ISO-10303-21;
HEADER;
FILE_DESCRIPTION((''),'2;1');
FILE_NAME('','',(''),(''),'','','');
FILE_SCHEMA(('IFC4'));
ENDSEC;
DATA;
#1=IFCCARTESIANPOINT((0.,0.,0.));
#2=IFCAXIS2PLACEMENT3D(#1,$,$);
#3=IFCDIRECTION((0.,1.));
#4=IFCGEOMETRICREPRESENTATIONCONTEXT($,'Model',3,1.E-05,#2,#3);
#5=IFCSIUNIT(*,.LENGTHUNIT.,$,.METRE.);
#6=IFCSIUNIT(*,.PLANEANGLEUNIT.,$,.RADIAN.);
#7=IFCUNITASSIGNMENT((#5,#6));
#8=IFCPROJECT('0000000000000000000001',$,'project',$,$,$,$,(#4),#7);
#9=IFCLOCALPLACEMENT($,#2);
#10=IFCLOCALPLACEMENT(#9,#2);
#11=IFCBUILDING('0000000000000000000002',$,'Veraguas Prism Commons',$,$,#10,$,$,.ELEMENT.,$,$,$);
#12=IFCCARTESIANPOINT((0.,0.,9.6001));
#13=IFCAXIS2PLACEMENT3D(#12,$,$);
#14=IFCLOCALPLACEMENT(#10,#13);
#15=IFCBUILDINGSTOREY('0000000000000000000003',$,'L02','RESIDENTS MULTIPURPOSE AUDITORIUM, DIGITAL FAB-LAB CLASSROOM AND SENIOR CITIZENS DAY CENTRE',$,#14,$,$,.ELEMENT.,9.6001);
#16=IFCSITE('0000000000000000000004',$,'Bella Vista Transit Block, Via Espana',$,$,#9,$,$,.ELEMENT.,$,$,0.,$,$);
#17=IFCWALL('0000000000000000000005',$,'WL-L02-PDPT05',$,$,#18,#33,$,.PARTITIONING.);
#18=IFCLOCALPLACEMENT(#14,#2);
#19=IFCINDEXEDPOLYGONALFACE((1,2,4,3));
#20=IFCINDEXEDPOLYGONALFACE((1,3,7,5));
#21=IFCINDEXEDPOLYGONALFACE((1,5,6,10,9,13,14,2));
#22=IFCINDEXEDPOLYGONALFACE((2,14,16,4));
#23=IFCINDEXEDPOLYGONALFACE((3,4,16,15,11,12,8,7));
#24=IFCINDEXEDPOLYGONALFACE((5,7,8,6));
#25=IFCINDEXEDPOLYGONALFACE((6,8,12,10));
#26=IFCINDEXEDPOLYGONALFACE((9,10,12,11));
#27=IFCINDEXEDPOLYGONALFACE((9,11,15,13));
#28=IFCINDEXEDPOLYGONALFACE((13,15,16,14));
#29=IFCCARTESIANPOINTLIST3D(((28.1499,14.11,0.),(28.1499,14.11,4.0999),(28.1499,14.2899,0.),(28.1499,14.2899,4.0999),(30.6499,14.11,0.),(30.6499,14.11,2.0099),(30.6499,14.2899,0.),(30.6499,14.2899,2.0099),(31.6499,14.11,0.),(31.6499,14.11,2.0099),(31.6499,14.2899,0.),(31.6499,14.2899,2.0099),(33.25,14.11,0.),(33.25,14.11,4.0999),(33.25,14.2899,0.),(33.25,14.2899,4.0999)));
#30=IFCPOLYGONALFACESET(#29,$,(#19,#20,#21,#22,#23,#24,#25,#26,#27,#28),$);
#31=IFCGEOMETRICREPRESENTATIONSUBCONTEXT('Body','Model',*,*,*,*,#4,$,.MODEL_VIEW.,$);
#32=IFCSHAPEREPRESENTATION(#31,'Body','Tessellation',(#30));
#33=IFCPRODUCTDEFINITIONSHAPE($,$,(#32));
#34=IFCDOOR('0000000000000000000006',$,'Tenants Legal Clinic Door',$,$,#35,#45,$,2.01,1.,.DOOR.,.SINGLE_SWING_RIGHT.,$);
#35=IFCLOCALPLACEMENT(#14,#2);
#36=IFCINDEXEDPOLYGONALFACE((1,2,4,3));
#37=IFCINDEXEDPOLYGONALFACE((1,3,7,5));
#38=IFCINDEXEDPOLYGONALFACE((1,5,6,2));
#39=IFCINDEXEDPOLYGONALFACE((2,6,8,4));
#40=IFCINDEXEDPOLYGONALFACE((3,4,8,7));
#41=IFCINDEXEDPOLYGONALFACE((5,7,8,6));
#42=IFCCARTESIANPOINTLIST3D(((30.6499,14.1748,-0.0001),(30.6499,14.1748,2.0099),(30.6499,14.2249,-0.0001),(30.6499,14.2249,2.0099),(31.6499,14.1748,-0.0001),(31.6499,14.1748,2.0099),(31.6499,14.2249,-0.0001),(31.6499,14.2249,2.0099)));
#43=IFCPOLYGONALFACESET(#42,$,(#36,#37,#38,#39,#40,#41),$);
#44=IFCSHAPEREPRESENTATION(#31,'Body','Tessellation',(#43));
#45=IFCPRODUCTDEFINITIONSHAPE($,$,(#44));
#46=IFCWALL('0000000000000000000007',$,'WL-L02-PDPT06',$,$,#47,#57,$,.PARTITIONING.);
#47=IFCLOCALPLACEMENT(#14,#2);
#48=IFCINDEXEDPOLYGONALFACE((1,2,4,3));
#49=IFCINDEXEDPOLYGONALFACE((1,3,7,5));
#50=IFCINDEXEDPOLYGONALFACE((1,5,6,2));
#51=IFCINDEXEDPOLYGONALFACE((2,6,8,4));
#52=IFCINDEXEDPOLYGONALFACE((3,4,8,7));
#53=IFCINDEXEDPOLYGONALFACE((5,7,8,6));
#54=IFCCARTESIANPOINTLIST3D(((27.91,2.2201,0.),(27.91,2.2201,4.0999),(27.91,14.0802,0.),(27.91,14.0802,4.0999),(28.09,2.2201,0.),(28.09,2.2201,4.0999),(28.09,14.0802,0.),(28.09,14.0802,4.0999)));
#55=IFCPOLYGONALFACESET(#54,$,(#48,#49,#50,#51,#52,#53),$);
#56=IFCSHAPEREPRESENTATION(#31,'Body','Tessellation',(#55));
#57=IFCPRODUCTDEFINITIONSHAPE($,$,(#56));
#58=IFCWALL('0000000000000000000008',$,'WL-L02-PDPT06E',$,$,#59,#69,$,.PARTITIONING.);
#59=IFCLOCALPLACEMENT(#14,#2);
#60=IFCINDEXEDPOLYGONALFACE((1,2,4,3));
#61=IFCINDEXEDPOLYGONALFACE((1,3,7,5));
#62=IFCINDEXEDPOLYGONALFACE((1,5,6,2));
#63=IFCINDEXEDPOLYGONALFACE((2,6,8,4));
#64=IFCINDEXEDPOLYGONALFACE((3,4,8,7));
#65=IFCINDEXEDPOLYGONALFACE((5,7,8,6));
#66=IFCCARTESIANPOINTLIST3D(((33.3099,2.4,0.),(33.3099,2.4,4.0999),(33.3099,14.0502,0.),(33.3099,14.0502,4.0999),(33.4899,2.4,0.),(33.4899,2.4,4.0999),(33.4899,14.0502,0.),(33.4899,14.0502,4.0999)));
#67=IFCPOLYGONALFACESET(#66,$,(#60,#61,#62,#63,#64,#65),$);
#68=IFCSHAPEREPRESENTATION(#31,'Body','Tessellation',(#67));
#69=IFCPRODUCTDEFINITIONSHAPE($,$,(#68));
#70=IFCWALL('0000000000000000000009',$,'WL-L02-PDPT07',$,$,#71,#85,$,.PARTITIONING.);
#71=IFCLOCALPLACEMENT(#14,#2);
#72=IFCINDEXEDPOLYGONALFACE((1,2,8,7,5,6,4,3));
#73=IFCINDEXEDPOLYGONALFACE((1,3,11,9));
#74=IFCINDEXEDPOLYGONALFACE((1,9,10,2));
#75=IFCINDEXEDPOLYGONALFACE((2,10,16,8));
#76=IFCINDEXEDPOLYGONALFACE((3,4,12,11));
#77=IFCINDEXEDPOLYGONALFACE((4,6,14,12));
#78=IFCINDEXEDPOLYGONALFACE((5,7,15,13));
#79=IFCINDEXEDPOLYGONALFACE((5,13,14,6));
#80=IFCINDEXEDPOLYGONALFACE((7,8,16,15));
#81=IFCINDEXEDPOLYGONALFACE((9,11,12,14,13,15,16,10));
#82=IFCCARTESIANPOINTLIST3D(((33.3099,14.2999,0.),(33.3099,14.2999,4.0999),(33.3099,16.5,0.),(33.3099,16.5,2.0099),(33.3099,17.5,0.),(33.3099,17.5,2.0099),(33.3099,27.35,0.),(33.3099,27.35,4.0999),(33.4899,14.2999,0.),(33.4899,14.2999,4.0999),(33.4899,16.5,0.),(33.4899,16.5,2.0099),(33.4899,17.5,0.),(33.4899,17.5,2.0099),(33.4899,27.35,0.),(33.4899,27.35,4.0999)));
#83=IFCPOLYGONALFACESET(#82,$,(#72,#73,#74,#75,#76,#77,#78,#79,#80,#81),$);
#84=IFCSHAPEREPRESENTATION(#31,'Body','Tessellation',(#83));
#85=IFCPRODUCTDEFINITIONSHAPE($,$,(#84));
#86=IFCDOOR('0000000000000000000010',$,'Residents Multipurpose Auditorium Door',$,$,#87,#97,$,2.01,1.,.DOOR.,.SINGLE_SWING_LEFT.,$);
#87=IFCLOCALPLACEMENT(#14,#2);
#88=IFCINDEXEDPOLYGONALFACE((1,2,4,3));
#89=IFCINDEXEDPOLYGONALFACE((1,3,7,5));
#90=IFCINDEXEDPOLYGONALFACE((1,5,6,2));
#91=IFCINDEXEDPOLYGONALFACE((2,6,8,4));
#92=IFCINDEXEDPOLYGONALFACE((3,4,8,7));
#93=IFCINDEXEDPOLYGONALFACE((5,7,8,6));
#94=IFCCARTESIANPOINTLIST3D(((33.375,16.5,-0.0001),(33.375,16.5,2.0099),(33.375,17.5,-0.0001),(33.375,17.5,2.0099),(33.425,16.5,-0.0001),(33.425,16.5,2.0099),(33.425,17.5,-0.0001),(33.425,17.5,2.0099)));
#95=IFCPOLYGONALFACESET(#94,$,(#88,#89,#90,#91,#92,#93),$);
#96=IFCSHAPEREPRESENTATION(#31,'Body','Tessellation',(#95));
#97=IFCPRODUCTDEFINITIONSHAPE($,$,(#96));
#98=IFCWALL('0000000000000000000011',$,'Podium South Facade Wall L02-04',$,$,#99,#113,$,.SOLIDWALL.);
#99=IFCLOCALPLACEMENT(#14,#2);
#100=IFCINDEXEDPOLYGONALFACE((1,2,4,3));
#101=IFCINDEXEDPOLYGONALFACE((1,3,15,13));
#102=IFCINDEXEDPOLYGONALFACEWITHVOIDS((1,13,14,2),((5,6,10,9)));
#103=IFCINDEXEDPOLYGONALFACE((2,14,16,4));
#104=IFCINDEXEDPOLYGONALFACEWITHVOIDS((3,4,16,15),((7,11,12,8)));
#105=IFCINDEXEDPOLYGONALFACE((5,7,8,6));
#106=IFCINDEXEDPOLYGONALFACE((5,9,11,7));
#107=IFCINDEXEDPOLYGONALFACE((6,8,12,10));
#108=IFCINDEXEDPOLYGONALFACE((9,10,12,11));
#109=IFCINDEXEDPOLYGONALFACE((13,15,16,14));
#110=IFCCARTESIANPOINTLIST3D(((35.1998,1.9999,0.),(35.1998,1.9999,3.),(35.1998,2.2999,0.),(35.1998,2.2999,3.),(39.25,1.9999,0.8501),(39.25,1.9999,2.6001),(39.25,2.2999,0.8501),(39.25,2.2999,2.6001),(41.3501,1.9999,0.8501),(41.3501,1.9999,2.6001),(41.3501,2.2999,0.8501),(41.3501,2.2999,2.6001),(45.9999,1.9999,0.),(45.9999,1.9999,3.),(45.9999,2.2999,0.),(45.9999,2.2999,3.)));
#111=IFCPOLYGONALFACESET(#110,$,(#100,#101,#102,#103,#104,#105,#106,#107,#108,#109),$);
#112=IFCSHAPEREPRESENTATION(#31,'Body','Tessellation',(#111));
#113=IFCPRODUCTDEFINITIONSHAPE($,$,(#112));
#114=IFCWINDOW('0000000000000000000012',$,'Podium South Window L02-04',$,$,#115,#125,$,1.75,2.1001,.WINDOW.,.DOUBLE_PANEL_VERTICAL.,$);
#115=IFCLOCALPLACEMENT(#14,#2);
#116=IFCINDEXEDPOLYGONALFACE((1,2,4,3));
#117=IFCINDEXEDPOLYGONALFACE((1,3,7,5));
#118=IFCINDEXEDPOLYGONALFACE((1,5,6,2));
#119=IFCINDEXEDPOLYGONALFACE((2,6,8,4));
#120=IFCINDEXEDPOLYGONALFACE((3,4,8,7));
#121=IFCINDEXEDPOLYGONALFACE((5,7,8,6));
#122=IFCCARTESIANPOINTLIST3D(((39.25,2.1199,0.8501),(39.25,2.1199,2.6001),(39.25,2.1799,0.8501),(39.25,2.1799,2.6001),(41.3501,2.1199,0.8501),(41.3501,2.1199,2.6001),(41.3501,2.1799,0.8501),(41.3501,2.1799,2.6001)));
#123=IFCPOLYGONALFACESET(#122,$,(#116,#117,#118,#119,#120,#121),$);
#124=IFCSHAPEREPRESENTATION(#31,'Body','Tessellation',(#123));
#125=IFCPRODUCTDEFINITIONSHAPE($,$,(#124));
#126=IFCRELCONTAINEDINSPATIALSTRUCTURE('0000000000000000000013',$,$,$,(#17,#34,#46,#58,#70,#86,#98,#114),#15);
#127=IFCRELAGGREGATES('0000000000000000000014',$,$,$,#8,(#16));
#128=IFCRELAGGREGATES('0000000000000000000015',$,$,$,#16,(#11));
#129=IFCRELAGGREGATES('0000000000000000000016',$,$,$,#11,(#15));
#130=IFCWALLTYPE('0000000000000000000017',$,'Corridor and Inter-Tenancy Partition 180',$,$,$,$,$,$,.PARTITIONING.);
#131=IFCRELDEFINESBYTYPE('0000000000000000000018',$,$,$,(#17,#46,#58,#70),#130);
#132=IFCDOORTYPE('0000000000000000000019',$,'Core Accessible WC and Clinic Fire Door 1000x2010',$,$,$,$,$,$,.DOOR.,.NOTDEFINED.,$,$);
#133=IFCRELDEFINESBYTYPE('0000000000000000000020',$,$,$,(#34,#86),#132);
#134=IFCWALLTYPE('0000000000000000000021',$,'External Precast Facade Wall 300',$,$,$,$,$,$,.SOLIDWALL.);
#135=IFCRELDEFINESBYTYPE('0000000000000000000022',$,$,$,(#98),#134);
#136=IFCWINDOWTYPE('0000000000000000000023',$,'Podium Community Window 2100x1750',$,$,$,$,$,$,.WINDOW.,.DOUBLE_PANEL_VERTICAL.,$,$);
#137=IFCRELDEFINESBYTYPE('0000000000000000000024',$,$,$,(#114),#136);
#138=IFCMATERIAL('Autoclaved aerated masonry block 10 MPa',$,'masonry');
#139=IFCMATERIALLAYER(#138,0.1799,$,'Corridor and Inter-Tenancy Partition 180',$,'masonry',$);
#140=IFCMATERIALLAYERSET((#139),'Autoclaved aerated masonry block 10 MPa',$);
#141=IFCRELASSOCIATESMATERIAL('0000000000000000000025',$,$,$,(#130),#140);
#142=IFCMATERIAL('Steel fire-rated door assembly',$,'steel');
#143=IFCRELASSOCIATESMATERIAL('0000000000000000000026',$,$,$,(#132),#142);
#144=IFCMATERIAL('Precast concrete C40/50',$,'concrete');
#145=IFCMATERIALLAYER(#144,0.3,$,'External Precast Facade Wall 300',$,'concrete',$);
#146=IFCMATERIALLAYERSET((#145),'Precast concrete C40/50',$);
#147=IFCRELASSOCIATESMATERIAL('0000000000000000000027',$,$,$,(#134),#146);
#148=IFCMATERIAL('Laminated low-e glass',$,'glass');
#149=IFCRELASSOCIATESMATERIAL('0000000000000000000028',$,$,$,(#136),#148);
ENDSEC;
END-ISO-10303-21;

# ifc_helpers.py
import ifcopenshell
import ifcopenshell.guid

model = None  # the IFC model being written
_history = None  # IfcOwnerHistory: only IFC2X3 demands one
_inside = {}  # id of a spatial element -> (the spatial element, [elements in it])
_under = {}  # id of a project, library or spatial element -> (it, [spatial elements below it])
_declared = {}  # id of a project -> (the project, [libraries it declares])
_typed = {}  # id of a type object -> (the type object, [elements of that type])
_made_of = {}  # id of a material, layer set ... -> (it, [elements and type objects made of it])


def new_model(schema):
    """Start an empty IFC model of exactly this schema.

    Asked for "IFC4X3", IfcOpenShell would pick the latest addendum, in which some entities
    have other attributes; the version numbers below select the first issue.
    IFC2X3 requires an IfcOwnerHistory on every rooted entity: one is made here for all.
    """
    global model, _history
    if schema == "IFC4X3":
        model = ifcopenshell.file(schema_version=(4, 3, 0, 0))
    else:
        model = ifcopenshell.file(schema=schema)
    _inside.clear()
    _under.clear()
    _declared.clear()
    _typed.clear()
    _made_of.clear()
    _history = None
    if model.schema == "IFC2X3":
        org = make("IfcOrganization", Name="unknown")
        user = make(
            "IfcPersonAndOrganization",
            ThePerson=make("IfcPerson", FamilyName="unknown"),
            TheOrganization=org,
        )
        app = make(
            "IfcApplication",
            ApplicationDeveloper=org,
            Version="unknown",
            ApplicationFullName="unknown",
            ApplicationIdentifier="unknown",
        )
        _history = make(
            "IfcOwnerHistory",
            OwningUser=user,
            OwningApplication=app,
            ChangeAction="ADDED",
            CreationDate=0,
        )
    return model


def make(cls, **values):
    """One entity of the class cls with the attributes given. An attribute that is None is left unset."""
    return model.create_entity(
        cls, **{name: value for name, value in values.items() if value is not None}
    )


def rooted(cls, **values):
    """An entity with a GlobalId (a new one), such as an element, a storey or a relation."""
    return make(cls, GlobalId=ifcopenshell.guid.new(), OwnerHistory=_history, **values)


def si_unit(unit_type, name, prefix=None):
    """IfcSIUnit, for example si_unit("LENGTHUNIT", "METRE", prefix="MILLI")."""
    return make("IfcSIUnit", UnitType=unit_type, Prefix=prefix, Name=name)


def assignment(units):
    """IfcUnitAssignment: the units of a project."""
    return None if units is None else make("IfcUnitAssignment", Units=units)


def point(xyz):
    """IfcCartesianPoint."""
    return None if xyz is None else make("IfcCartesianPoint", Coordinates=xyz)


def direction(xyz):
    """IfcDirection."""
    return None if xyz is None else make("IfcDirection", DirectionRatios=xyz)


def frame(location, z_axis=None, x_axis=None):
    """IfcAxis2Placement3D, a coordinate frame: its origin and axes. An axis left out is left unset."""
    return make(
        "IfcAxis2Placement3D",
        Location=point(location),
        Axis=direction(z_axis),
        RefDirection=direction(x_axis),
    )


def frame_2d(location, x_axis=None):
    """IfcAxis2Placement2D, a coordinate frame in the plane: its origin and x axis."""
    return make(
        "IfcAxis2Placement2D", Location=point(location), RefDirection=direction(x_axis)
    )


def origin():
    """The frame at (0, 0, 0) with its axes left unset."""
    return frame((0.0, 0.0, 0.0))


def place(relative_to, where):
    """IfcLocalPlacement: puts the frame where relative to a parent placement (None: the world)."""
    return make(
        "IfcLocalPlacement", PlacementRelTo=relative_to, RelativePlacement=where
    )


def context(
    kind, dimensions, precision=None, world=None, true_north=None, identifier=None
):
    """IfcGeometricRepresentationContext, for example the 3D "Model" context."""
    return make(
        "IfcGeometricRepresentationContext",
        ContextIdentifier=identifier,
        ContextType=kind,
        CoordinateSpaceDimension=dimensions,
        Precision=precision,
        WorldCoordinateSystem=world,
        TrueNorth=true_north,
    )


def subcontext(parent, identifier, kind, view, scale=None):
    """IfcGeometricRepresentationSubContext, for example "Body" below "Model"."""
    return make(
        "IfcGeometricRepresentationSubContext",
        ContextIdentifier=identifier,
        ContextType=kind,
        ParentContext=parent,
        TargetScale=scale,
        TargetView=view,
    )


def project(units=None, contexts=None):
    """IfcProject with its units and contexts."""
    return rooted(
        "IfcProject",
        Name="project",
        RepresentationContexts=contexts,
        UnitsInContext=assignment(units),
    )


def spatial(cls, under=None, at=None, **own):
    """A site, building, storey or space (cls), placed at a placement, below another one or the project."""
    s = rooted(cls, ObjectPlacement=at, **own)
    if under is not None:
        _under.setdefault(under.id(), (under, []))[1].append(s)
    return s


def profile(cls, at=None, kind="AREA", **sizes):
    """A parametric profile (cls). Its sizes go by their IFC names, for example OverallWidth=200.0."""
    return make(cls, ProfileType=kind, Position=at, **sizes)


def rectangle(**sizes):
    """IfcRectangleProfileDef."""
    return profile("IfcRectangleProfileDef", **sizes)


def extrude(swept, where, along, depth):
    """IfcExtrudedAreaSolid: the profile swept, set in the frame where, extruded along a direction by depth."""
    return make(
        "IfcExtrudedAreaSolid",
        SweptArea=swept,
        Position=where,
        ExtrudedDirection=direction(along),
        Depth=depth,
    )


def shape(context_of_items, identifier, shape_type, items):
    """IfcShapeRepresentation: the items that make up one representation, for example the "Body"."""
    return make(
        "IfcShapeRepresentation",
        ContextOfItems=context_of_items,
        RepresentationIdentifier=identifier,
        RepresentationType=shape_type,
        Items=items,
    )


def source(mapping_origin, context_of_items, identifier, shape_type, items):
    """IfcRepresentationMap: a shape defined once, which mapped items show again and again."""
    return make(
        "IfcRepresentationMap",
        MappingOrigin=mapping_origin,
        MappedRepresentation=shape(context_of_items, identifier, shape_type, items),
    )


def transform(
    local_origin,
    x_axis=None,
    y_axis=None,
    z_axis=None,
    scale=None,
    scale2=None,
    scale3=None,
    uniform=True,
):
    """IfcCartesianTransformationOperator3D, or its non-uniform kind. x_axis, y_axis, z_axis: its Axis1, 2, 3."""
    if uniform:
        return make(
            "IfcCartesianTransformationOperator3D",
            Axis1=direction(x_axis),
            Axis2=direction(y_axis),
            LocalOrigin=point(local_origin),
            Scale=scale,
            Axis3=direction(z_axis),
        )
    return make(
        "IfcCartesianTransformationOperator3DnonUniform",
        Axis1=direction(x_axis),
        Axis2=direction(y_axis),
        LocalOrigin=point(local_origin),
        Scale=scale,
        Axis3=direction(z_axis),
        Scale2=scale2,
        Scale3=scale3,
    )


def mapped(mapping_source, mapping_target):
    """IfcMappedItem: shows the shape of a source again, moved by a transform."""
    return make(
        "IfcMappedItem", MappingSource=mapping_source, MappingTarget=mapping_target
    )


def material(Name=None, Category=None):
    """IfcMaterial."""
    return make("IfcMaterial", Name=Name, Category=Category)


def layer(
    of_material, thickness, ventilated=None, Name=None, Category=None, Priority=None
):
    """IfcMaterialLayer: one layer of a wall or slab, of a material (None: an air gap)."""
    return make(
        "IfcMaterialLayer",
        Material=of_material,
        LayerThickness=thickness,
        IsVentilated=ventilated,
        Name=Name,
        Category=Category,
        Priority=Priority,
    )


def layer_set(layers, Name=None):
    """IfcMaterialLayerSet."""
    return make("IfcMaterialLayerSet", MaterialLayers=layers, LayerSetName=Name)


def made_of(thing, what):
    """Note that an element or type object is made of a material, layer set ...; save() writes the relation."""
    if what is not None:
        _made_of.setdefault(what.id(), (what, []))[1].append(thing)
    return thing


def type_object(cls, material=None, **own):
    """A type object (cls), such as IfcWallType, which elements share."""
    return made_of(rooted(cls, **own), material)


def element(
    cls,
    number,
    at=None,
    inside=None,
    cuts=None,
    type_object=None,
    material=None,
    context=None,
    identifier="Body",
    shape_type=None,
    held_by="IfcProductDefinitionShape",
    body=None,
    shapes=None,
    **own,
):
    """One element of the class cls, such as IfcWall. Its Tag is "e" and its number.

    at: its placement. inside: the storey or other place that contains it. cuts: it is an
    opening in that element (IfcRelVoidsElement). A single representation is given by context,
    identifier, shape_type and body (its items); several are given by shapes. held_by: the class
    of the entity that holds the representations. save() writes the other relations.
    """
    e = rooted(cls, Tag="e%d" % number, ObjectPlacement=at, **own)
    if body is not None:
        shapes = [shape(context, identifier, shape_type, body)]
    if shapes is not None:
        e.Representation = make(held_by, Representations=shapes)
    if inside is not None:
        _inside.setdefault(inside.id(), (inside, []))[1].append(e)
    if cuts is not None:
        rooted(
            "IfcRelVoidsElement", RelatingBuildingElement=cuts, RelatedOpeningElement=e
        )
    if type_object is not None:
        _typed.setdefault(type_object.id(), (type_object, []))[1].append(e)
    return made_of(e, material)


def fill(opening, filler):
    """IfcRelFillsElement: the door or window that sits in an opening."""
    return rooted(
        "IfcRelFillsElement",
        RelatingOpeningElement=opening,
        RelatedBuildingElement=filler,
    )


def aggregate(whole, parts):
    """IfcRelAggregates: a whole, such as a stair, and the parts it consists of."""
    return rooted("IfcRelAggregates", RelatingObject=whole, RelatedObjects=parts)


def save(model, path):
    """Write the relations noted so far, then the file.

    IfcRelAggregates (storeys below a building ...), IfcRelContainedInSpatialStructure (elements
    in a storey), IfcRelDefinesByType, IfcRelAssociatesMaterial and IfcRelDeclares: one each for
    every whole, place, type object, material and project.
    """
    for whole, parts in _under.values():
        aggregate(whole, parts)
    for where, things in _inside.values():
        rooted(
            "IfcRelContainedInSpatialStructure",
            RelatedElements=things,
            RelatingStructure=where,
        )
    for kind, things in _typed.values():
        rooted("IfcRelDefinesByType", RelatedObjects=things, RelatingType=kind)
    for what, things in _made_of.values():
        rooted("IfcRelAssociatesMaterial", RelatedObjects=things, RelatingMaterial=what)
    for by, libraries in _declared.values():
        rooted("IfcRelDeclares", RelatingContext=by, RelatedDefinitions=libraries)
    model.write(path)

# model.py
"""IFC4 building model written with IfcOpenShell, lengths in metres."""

from ifc_helpers import new_model, si_unit, direction, frame, frame_2d, origin, place, context, subcontext, project, spatial, rectangle, extrude, source, transform, mapped, material, layer, layer_set, type_object, element, fill, save


model = new_model("IFC4")

# Units and contexts
model_context = context("Model", 3, precision=1e-05, world=origin(), true_north=direction((0.0, 1.0)))
body_context = subcontext(model_context, "Body", "Model", "MODEL_VIEW")
ifc_project = project(units=[si_unit("LENGTHUNIT", "METRE"), si_unit("PLANEANGLEUNIT", "RADIAN")], contexts=[model_context])

# Site, building, storey
site_placement = place(None, origin())
site = spatial("IfcSite", under=ifc_project, at=site_placement, Name="Bella Vista Transit Block, Via Espana", CompositionType="ELEMENT", RefElevation=0.0)
building_placement = place(site_placement, origin())
building = spatial("IfcBuilding", under=site, at=building_placement, Name="Veraguas Prism Commons", CompositionType="ELEMENT")
storey_placement = place(building_placement, frame((0.0, 0.0, 9.6001)))
storey = spatial("IfcBuildingStorey", under=building, at=storey_placement, Name="L02", Description="RESIDENTS MULTIPURPOSE AUDITORIUM, DIGITAL FAB-LAB CLASSROOM AND SENIOR CITIZENS DAY CENTRE", CompositionType="ELEMENT", Elevation=9.6001)

# Wall, opening, door
ifc_material_1 = material(Name="Autoclaved aerated masonry block 10 MPa", Category="masonry")
ifc_layer_1 = layer(ifc_material_1, 0.1799, Name="Corridor and Inter-Tenancy Partition 180", Category="masonry")
ifc_layer_set_1 = layer_set([ifc_layer_1], Name="Autoclaved aerated masonry block 10 MPa")
wall_type_1 = type_object("IfcWallType", Name="Corridor and Inter-Tenancy Partition 180", PredefinedType="PARTITIONING", material=ifc_layer_set_1)
wall_1_placement = place(storey_placement, frame((28.1499, 14.2, 0.0), z_axis=(0.0, 0.0, 1.0), x_axis=(1.0, 0.0, 0.0)))
wall_1 = element("IfcWall", 1, at=wall_1_placement, inside=storey, type_object=wall_type_1, Name="WL-L02-PDPT05", PredefinedType="PARTITIONING", context=body_context, shape_type="SweptSolid", body=[
    extrude(rectangle(XDim=5.1001, YDim=0.1799, at=frame_2d((2.55, 0.0))), origin(), (0.0, 0.0, 1.0), 4.0999),
])
opening_1_placement = place(wall_1_placement, frame((2.5, 0.0, 0.0)))
opening_1 = element("IfcOpeningElement", 2, at=opening_1_placement, cuts=wall_1, PredefinedType="OPENING", context=body_context, shape_type="SweptSolid", body=[
    extrude(rectangle(XDim=1.0, YDim=2.01, at=frame_2d((0.5, 1.0049))), frame((0.0, 0.0999, 0.0), z_axis=(0.0, -1.0, 0.0), x_axis=(1.0, 0.0, 0.0)), (0.0, 0.0, 1.0), 0.2),
])
ifc_material_2 = material(Name="Steel fire-rated door assembly", Category="steel")
door_type = type_object("IfcDoorType", Name="Core Accessible WC and Clinic Fire Door 1000x2010", OperationType="NOTDEFINED", PredefinedType="DOOR", material=ifc_material_2)
shared_shape_1 = source(origin(), body_context, "Body", "SweptSolid", [
    extrude(rectangle(XDim=1.0, YDim=2.01, at=frame_2d((0.5, 1.0049))), frame((0.0, 0.0249, 0.0), z_axis=(0.0, -1.0, 0.0), x_axis=(1.0, 0.0, 0.0)), (0.0, 0.0, 1.0), 0.05),
])
door_1_placement = place(opening_1_placement, origin())
door_1 = element("IfcDoor", 3, at=door_1_placement, inside=storey, type_object=door_type, Name="Tenants Legal Clinic Door", OperationType="SINGLE_SWING_RIGHT", OverallHeight=2.01, OverallWidth=1.0, PredefinedType="DOOR", context=body_context, shape_type="MappedRepresentation", body=[
    mapped(shared_shape_1, transform((0.0, 0.0, 0.0), scale=1.0)),
])
fill(opening_1, door_1)

# Walls
wall_2_placement = place(storey_placement, frame((28.0, 2.22, 0.0), z_axis=(0.0, 0.0, 1.0), x_axis=(0.0, 1.0, 0.0)))
element("IfcWall", 4, at=wall_2_placement, inside=storey, type_object=wall_type_1, Name="WL-L02-PDPT06", PredefinedType="PARTITIONING", context=body_context, shape_type="SweptSolid", body=[
    extrude(rectangle(XDim=11.8601, YDim=0.1799, at=frame_2d((5.9302, 0.0))), origin(), (0.0, 0.0, 1.0), 4.0999),
])
wall_3_placement = place(storey_placement, frame((33.3999, 2.3999, 0.0), z_axis=(0.0, 0.0, 1.0), x_axis=(0.0, 1.0, 0.0)))
element("IfcWall", 5, at=wall_3_placement, inside=storey, type_object=wall_type_1, Name="WL-L02-PDPT06E", PredefinedType="PARTITIONING", context=body_context, shape_type="SweptSolid", body=[
    extrude(rectangle(XDim=11.6501, YDim=0.1799, at=frame_2d((5.8252, 0.0))), origin(), (0.0, 0.0, 1.0), 4.0999),
])

# Wall, opening, door
wall_4_placement = place(storey_placement, frame((33.3999, 14.3, 0.0), z_axis=(0.0, 0.0, 1.0), x_axis=(0.0, 1.0, 0.0)))
wall_4 = element("IfcWall", 6, at=wall_4_placement, inside=storey, type_object=wall_type_1, Name="WL-L02-PDPT07", PredefinedType="PARTITIONING", context=body_context, shape_type="SweptSolid", body=[
    extrude(rectangle(XDim=13.05, YDim=0.1799, at=frame_2d((6.5249, 0.0))), origin(), (0.0, 0.0, 1.0), 4.0999),
])
opening_2_placement = place(wall_4_placement, frame((2.2, 0.0, 0.0)))
opening_2 = element("IfcOpeningElement", 7, at=opening_2_placement, cuts=wall_4, PredefinedType="OPENING", context=body_context, shape_type="SweptSolid", body=[
    extrude(rectangle(XDim=1.0, YDim=2.01, at=frame_2d((0.5, 1.0049))), frame((0.0, 0.0999, 0.0), z_axis=(0.0, -1.0, 0.0), x_axis=(1.0, 0.0, 0.0)), (0.0, 0.0, 1.0), 0.2),
])
door_2_placement = place(opening_2_placement, origin())
door_2 = element("IfcDoor", 8, at=door_2_placement, inside=storey, type_object=door_type, Name="Residents Multipurpose Auditorium Door", OperationType="SINGLE_SWING_LEFT", OverallHeight=2.01, OverallWidth=1.0, PredefinedType="DOOR", context=body_context, shape_type="MappedRepresentation", body=[
    mapped(shared_shape_1, transform((0.0, 0.0, 0.0), scale=1.0)),
])
fill(opening_2, door_2)

# Wall, opening, window
ifc_material_3 = material(Name="Precast concrete C40/50", Category="concrete")
ifc_layer_2 = layer(ifc_material_3, 0.3, Name="External Precast Facade Wall 300", Category="concrete")
ifc_layer_set_2 = layer_set([ifc_layer_2], Name="Precast concrete C40/50")
wall_type_2 = type_object("IfcWallType", Name="External Precast Facade Wall 300", PredefinedType="SOLIDWALL", material=ifc_layer_set_2)
wall_5_placement = place(storey_placement, frame((35.2, 2.1499, 0.0), z_axis=(0.0, 0.0, 1.0), x_axis=(1.0, 0.0, 0.0)))
wall_5 = element("IfcWall", 9, at=wall_5_placement, inside=storey, type_object=wall_type_2, Name="Podium South Facade Wall L02-04", PredefinedType="SOLIDWALL", context=body_context, shape_type="SweptSolid", body=[
    extrude(rectangle(XDim=10.8, YDim=0.3, at=frame_2d((5.3999, 0.0))), origin(), (0.0, 0.0, 1.0), 3.0),
])
opening_3_placement = place(wall_5_placement, frame((4.05, 0.0, 0.8501)))
opening_3 = element("IfcOpeningElement", 10, at=opening_3_placement, cuts=wall_5, PredefinedType="OPENING", context=body_context, shape_type="SweptSolid", body=[
    extrude(rectangle(XDim=2.1001, YDim=1.75, at=frame_2d((1.05, 0.875))), frame((0.0, 0.1599, 0.0), z_axis=(0.0, -1.0, 0.0), x_axis=(1.0, 0.0, 0.0)), (0.0, 0.0, 1.0), 0.3201),
])
ifc_material_4 = material(Name="Laminated low-e glass", Category="glass")
window_type = type_object("IfcWindowType", Name="Podium Community Window 2100x1750", PartitioningType="DOUBLE_PANEL_VERTICAL", PredefinedType="WINDOW", material=ifc_material_4)
shared_shape_2 = source(origin(), body_context, "Body", "SweptSolid", [
    extrude(rectangle(XDim=2.1001, YDim=1.75, at=frame_2d((1.05, 0.875))), frame((0.0, 0.03, 0.0), z_axis=(0.0, -1.0, 0.0), x_axis=(1.0, 0.0, 0.0)), (0.0, 0.0, 1.0), 0.0601),
])
window_placement = place(opening_3_placement, origin())
window = element("IfcWindow", 11, at=window_placement, inside=storey, type_object=window_type, Name="Podium South Window L02-04", OverallHeight=1.75, OverallWidth=2.1001, PartitioningType="DOUBLE_PANEL_VERTICAL", PredefinedType="WINDOW", context=body_context, shape_type="MappedRepresentation", body=[
    mapped(shared_shape_2, transform((0.0, 0.0, 0.0), scale=1.0)),
])
fill(opening_3, window)

save(model, "model.ifc")
